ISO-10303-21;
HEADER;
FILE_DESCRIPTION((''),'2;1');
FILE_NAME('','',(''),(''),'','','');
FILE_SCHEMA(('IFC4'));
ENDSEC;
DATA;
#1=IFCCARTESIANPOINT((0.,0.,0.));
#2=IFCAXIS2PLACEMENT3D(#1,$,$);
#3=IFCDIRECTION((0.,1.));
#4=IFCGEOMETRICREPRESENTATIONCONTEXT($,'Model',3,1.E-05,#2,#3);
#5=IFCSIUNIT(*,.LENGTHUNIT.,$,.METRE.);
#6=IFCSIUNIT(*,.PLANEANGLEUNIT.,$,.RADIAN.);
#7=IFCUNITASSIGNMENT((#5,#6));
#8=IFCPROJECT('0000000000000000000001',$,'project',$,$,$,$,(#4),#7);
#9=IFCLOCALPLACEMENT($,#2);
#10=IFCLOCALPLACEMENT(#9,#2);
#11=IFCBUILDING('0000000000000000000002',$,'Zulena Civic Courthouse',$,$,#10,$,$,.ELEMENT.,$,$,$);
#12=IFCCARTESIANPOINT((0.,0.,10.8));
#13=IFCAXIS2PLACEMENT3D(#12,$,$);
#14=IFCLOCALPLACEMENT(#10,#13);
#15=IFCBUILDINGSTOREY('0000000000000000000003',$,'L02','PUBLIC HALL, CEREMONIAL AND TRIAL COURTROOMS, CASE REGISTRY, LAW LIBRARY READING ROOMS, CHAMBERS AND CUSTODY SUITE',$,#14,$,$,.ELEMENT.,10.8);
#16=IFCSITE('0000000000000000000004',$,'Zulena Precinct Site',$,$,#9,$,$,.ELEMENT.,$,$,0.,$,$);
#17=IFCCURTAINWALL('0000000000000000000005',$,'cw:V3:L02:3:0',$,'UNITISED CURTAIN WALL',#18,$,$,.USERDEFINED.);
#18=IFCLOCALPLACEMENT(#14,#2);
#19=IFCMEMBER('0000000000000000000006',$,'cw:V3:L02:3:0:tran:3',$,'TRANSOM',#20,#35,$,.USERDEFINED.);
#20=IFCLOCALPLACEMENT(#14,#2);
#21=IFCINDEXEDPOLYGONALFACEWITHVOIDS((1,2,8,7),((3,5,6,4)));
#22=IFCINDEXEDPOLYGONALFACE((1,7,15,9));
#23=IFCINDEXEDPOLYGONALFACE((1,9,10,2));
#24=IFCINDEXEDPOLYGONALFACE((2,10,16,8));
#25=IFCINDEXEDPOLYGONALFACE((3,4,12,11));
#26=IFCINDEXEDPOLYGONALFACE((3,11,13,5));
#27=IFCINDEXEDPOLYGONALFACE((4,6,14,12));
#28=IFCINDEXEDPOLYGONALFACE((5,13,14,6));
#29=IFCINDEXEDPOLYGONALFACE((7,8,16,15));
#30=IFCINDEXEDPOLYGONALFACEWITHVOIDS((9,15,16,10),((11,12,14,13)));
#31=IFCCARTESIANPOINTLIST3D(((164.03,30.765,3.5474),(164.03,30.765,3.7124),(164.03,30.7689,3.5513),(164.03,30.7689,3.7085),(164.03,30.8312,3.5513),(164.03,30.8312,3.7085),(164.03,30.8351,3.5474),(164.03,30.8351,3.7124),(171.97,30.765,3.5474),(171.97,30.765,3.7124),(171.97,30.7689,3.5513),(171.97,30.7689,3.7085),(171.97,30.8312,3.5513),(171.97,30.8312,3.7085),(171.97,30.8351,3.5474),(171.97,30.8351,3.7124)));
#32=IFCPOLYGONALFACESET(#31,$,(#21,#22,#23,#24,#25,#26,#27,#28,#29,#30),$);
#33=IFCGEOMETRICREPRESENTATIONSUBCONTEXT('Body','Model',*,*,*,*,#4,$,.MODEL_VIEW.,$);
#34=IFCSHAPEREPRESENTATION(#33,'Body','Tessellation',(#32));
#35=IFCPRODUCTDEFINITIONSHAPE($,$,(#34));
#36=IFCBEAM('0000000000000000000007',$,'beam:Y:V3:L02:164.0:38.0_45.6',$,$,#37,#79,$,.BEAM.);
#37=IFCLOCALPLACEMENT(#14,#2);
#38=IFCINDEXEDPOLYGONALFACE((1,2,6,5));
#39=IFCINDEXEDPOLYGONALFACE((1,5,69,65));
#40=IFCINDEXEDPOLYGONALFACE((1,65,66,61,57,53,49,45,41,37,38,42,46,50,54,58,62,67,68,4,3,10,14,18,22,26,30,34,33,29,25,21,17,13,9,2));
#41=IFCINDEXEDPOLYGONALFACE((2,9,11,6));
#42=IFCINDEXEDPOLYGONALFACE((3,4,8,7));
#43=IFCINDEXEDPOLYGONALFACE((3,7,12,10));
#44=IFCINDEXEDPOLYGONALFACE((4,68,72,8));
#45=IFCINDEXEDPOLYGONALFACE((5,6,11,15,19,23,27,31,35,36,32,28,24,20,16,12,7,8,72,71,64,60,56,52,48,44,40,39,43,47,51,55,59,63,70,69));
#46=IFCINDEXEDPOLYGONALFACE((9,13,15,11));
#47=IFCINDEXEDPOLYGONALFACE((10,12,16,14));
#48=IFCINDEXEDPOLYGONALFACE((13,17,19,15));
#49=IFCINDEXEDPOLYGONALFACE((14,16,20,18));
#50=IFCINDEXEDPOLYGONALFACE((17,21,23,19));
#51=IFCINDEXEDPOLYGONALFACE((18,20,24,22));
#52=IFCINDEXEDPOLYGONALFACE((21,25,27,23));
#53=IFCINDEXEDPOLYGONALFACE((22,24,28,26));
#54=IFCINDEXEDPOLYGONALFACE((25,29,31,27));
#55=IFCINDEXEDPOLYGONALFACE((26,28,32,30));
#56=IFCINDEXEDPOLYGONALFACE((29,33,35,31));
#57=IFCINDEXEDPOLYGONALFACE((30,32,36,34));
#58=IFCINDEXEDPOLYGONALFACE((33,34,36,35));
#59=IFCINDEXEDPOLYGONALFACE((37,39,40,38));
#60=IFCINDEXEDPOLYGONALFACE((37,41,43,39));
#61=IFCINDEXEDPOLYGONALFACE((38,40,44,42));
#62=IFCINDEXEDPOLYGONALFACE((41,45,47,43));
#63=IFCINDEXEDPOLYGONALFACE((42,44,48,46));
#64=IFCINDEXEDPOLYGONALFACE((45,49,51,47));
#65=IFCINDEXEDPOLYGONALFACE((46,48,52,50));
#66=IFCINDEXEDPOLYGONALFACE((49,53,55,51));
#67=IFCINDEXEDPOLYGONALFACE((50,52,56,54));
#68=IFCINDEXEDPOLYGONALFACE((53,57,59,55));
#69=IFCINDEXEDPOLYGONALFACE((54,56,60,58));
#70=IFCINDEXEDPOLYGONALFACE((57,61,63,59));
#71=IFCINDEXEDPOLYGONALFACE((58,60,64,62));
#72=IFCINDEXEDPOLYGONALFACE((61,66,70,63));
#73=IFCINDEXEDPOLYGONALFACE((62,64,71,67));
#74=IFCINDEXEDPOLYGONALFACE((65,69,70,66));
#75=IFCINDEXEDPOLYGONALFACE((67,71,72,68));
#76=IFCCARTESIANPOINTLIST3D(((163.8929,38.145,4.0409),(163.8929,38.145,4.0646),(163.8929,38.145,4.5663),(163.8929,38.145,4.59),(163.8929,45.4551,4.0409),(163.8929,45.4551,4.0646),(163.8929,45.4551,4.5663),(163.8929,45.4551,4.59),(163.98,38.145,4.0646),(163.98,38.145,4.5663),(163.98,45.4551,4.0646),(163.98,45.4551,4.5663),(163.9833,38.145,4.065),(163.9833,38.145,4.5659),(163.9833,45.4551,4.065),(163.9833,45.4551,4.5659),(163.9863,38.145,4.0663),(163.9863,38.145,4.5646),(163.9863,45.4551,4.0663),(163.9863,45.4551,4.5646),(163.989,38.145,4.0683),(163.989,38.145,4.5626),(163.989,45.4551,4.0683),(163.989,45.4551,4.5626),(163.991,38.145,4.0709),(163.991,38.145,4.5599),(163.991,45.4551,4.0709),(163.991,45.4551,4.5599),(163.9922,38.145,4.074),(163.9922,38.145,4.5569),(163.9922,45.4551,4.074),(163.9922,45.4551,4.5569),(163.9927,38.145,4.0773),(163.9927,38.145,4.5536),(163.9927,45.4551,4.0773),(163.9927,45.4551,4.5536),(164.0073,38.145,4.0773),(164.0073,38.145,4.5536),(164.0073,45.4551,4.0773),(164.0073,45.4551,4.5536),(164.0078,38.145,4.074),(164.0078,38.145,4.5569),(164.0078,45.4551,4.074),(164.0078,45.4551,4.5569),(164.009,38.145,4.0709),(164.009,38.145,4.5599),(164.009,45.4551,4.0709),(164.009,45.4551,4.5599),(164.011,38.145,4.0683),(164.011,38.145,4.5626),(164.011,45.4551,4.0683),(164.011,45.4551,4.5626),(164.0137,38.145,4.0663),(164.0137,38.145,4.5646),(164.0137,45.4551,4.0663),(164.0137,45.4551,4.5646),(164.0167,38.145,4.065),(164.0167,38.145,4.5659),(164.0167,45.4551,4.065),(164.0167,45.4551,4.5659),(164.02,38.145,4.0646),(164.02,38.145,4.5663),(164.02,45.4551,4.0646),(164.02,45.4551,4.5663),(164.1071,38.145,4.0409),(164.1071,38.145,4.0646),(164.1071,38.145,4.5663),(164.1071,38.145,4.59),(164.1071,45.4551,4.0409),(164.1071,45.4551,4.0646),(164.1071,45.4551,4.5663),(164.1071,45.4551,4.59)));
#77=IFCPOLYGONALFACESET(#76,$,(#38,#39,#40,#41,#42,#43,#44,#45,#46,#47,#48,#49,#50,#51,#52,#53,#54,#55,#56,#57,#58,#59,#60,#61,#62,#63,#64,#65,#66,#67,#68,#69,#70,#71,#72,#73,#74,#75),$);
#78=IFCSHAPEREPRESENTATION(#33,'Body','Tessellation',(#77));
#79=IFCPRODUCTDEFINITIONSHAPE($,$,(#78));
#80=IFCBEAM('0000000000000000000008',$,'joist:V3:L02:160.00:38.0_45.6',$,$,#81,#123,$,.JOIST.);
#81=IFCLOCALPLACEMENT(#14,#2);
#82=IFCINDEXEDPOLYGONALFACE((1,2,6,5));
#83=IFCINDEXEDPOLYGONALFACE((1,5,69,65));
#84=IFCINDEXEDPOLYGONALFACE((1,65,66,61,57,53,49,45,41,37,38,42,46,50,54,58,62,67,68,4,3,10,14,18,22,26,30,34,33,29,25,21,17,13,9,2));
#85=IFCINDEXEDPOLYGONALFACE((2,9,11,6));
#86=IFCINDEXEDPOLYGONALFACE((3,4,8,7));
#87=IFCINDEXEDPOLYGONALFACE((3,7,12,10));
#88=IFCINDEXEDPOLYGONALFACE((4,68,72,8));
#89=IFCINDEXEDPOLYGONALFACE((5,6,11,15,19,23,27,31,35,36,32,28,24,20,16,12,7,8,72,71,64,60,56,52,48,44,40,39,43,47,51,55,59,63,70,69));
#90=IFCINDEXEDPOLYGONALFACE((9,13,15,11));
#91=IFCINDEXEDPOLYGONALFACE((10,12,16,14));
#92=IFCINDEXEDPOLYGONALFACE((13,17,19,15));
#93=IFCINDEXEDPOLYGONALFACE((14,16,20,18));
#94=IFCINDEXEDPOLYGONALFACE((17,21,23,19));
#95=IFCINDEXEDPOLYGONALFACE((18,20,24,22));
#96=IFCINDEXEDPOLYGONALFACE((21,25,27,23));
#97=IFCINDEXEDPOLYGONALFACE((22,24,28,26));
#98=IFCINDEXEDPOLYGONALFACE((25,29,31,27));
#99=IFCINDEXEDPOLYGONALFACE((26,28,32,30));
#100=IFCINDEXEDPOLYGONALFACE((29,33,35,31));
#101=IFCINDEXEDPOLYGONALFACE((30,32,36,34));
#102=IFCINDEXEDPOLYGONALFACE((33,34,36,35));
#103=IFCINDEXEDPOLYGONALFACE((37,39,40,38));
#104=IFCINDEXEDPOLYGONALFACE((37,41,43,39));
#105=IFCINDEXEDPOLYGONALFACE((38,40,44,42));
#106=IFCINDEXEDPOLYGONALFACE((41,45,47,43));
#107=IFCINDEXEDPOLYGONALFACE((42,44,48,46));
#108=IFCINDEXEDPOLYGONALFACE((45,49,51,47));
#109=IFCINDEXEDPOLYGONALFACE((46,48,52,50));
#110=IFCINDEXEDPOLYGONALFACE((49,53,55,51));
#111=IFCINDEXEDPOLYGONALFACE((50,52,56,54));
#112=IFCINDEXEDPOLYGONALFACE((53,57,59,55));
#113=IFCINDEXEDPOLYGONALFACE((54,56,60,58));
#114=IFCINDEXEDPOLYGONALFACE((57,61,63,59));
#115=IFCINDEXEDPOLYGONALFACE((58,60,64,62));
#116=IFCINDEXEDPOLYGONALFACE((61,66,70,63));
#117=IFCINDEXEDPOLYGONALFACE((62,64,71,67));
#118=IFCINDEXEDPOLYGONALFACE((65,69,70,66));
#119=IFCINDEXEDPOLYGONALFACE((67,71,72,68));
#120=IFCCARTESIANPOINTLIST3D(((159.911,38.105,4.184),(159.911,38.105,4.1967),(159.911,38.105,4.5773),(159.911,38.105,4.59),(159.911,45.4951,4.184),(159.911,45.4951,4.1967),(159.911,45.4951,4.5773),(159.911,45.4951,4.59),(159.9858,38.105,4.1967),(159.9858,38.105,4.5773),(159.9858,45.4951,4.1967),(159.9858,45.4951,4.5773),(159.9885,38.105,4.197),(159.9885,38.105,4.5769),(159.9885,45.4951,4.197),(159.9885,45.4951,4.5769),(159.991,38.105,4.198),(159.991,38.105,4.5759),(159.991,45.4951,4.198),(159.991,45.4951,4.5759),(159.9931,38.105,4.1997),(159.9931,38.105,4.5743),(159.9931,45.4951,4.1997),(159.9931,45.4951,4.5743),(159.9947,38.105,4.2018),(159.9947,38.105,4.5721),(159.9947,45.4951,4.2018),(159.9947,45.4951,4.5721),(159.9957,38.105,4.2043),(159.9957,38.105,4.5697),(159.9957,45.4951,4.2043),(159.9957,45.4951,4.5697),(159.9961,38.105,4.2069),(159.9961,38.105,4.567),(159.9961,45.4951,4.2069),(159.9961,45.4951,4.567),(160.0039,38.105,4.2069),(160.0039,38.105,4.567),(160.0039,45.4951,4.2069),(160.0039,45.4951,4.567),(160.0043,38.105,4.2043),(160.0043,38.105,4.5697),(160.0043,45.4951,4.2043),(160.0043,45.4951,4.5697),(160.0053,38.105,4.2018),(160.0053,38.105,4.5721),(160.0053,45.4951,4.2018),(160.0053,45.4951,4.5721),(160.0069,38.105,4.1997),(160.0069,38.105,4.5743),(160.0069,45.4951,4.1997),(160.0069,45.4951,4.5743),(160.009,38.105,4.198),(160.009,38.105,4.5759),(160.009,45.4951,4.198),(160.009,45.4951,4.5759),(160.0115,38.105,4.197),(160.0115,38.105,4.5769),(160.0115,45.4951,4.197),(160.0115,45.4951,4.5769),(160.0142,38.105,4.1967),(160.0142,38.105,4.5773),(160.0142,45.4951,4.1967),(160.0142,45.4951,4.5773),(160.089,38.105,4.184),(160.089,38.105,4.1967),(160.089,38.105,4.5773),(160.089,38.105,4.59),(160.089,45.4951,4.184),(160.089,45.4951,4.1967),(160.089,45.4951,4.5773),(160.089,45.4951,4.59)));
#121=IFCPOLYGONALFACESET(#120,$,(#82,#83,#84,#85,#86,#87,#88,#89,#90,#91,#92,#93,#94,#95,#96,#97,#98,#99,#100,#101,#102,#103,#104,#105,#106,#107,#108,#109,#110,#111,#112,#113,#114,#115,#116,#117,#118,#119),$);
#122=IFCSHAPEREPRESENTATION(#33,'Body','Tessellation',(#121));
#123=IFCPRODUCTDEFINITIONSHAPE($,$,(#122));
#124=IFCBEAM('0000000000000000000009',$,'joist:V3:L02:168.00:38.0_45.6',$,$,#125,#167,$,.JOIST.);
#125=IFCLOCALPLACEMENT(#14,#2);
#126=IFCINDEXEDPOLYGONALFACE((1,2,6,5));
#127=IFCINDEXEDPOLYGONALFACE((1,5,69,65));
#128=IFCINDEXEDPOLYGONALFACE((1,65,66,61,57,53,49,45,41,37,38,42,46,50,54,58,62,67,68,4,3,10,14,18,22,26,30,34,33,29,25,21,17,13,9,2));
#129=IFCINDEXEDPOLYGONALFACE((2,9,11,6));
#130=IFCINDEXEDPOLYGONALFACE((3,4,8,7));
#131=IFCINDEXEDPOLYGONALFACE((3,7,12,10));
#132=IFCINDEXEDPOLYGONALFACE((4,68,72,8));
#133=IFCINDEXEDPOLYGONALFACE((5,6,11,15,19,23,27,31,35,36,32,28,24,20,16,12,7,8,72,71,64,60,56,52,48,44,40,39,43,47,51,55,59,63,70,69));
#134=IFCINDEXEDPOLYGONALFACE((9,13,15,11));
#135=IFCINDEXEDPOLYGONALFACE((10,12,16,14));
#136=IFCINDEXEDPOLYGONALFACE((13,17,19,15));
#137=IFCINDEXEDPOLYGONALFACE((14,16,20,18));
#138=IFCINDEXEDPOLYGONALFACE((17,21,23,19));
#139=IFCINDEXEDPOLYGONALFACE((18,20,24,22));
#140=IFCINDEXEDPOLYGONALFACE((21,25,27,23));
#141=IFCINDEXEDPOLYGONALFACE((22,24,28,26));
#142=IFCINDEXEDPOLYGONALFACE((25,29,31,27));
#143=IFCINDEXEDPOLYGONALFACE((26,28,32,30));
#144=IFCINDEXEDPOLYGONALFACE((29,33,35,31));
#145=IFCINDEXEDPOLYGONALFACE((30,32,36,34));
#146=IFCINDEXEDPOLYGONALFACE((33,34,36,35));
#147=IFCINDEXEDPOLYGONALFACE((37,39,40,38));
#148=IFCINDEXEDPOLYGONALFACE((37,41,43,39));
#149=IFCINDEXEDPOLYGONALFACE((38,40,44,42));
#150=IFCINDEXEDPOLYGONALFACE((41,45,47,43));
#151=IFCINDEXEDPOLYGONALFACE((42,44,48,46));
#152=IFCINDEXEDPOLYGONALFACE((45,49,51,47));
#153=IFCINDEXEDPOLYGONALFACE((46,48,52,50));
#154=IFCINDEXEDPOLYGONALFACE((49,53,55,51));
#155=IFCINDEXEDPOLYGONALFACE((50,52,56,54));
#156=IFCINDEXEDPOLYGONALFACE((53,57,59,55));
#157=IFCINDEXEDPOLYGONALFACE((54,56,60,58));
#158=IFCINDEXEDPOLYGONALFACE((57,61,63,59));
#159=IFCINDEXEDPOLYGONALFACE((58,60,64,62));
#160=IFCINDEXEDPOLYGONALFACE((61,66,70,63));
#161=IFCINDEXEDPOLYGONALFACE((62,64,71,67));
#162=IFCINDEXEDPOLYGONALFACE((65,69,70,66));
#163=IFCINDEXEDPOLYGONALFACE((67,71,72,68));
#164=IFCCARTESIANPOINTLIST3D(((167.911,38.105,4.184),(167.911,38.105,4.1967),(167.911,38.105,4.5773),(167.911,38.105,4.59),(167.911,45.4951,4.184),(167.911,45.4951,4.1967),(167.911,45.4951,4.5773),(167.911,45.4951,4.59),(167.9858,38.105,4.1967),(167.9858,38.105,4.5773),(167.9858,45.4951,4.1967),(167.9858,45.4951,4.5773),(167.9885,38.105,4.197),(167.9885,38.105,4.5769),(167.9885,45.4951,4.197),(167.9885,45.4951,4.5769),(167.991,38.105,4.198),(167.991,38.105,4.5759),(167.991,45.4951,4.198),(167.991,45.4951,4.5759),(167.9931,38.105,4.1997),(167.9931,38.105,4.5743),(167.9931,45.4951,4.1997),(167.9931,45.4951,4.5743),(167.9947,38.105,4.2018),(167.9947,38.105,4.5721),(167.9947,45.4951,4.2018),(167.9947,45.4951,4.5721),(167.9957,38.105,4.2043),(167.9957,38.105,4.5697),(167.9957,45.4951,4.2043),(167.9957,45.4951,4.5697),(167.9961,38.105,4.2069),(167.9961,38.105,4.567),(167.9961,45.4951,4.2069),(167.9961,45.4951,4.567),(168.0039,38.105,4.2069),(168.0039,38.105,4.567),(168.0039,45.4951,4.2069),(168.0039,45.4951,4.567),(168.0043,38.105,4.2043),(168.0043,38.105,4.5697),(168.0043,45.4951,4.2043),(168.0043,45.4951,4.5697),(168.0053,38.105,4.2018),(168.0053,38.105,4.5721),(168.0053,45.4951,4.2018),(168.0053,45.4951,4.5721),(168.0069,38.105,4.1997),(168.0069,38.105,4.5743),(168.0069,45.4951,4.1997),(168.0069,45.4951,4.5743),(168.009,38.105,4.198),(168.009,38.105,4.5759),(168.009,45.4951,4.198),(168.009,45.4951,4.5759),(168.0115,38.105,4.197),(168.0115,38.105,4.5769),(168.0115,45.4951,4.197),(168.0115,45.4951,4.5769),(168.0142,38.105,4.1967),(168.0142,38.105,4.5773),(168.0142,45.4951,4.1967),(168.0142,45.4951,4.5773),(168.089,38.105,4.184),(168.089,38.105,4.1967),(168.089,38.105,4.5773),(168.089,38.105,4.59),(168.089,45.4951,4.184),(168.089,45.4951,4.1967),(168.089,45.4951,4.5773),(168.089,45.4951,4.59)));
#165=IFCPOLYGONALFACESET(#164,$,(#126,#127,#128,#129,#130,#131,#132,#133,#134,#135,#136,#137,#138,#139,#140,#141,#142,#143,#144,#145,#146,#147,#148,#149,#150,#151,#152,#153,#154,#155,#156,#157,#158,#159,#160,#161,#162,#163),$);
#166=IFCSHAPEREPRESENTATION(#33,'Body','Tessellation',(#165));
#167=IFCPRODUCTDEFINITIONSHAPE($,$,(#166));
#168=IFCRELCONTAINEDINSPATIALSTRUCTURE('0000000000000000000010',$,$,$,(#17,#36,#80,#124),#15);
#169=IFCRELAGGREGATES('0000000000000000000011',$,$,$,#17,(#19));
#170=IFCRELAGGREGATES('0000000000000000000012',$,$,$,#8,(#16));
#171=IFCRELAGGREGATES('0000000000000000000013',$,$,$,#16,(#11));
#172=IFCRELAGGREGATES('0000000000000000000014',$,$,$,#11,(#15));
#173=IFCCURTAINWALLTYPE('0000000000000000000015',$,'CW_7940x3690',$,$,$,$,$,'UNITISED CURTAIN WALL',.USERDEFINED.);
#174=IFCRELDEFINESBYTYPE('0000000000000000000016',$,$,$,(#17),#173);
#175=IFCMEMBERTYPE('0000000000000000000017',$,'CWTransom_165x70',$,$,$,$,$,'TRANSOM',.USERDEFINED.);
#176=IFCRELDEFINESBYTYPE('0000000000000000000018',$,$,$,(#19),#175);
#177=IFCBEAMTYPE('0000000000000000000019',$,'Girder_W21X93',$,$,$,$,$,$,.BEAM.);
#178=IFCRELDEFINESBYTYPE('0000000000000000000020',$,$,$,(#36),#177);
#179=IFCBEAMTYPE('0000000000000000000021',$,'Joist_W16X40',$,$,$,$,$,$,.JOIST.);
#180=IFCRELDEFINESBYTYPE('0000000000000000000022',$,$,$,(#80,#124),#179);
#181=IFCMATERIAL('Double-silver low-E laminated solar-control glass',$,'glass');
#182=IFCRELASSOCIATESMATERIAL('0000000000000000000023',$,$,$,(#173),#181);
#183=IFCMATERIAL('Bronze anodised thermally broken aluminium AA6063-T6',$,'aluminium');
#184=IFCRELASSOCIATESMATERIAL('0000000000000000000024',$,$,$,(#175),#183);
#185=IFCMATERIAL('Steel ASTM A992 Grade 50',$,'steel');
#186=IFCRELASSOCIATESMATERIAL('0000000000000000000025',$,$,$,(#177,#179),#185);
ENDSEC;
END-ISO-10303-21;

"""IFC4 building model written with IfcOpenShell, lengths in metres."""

from ifc_helpers import new_model, si_unit, direction, frame, origin, origin_2d, place, context, subcontext, project, spatial, hollow_rectangle, i_section, extrude, material, material_profile, profile_set, type_object, element, aggregate, save


model = new_model("IFC4")

# Units and contexts
model_context = context("Model", 3, precision=1e-05, world=origin(), true_north=direction((0.0, 1.0)))
body_context = subcontext(model_context, "Body", "Model", "MODEL_VIEW")
ifc_project = project(units=[si_unit("LENGTHUNIT", "METRE"), si_unit("PLANEANGLEUNIT", "RADIAN")], contexts=[model_context])

# Site, building, storey
site_placement = place(None, origin())
site = spatial("IfcSite", under=ifc_project, at=site_placement, Name="Zulena Precinct Site", CompositionType="ELEMENT", RefElevation=0.0)
building_placement = place(site_placement, origin())
building = spatial("IfcBuilding", under=site, at=building_placement, Name="Zulena Civic Courthouse", CompositionType="ELEMENT")
storey_placement = place(building_placement, frame((0.0, 0.0, 10.8)))
storey = spatial("IfcBuildingStorey", under=building, at=storey_placement, Name="L02", Description="PUBLIC HALL, CEREMONIAL AND TRIAL COURTROOMS, CASE REGISTRY, LAW LIBRARY READING ROOMS, CHAMBERS AND CUSTODY SUITE", CompositionType="ELEMENT", Elevation=10.8)

# Shared definitions
ifc_material_1 = material(Name="Steel ASTM A992 Grade 50", Category="steel")

# Curtain wall, member
ifc_material_2 = material(Name="Double-silver low-E laminated solar-control glass", Category="glass")
curtain_wall_type = type_object("IfcCurtainWallType", Name="CW_7940x3690", ElementType="UNITISED CURTAIN WALL", PredefinedType="USERDEFINED", material=ifc_material_2)
curtain_wall_placement = place(storey_placement, origin())
curtain_wall = element("IfcCurtainWall", 1, at=curtain_wall_placement, inside=storey, type_object=curtain_wall_type, Name="cw:V3:L02:3:0", ObjectType="UNITISED CURTAIN WALL", PredefinedType="USERDEFINED")
ifc_material_3 = material(Name="Bronze anodised thermally broken aluminium AA6063-T6", Category="aluminium")
ifc_material_profile_1 = material_profile(ifc_material_3, hollow_rectangle(XDim=0.0701, YDim=0.165, WallThickness=0.0039, at=origin_2d()), Name="CWT165X70X4")
ifc_profile_set_1 = profile_set([ifc_material_profile_1], Name="Bronze anodised thermally broken aluminium AA6063-T6")
member_type = type_object("IfcMemberType", Name="CWTransom_165x70", ElementType="TRANSOM", PredefinedType="USERDEFINED", material=ifc_profile_set_1)
member_1_placement = place(storey_placement, frame((171.97, 30.8, 3.6299), z_axis=(-1.0, 0.0, 0.0), x_axis=(0.0, -1.0, 0.0)))
member_1 = element("IfcMember", 2, at=member_1_placement, type_object=member_type, Name="cw:V3:L02:3:0:tran:3", ObjectType="TRANSOM", PredefinedType="USERDEFINED", context=body_context, shape_type="SweptSolid", body=[
    extrude(hollow_rectangle(XDim=0.0701, YDim=0.165, WallThickness=0.0039, at=origin_2d()), origin(), (0.0, 0.0, 1.0), 7.9399),
])
aggregate(curtain_wall, [member_1])

# Beams
ifc_material_profile_2 = material_profile(ifc_material_1, i_section(OverallWidth=0.2141, OverallDepth=0.5491, WebThickness=0.0146, FlangeThickness=0.0237, FilletRadius=0.0127, at=origin_2d()), Name="W21X93")
ifc_profile_set_2 = profile_set([ifc_material_profile_2], Name="Steel ASTM A992 Grade 50")
beam_type_1 = type_object("IfcBeamType", Name="Girder_W21X93", PredefinedType="BEAM", material=ifc_profile_set_2)
beam_1_placement = place(storey_placement, frame((164.0, 38.145, 4.3154), z_axis=(0.0, 1.0, 0.0), x_axis=(-1.0, 0.0, 0.0)))
element("IfcBeam", 3, at=beam_1_placement, inside=storey, type_object=beam_type_1, Name="beam:Y:V3:L02:164.0:38.0_45.6", PredefinedType="BEAM", context=body_context, shape_type="SweptSolid", body=[
    extrude(i_section(OverallWidth=0.2141, OverallDepth=0.5491, WebThickness=0.0146, FlangeThickness=0.0237, FilletRadius=0.0127, at=origin_2d()), origin(), (0.0, 0.0, 1.0), 7.3101),
])
ifc_material_profile_3 = material_profile(ifc_material_1, i_section(OverallWidth=0.178, OverallDepth=0.406, WebThickness=0.0078, FlangeThickness=0.0127, FilletRadius=0.0103, at=origin_2d()), Name="W16X40")
ifc_profile_set_3 = profile_set([ifc_material_profile_3], Name="Steel ASTM A992 Grade 50")
beam_type_2 = type_object("IfcBeamType", Name="Joist_W16X40", PredefinedType="JOIST", material=ifc_profile_set_3)
for number, where, z_axis, x_axis, name in (
    (4, (160.0, 38.105, 4.387), (0.0, 1.0, 0.0), (-1.0, 0.0, 0.0), "joist:V3:L02:160.00:38.0_45.6"),
    (5, (168.0, 38.105, 4.387), (0.0, 1.0, 0.0), (-1.0, 0.0, 0.0), "joist:V3:L02:168.00:38.0_45.6"),
):
    element("IfcBeam", number, at=place(storey_placement, frame(where, z_axis=z_axis, x_axis=x_axis)), inside=storey, type_object=beam_type_2, Name=name, PredefinedType="JOIST", context=body_context, shape_type="SweptSolid", body=[
        extrude(i_section(OverallWidth=0.178, OverallDepth=0.406, WebThickness=0.0078, FlangeThickness=0.0127, FilletRadius=0.0103, at=origin_2d()), origin(), (0.0, 0.0, 1.0), 7.3901),
    ])

save(model, "model.ifc")
